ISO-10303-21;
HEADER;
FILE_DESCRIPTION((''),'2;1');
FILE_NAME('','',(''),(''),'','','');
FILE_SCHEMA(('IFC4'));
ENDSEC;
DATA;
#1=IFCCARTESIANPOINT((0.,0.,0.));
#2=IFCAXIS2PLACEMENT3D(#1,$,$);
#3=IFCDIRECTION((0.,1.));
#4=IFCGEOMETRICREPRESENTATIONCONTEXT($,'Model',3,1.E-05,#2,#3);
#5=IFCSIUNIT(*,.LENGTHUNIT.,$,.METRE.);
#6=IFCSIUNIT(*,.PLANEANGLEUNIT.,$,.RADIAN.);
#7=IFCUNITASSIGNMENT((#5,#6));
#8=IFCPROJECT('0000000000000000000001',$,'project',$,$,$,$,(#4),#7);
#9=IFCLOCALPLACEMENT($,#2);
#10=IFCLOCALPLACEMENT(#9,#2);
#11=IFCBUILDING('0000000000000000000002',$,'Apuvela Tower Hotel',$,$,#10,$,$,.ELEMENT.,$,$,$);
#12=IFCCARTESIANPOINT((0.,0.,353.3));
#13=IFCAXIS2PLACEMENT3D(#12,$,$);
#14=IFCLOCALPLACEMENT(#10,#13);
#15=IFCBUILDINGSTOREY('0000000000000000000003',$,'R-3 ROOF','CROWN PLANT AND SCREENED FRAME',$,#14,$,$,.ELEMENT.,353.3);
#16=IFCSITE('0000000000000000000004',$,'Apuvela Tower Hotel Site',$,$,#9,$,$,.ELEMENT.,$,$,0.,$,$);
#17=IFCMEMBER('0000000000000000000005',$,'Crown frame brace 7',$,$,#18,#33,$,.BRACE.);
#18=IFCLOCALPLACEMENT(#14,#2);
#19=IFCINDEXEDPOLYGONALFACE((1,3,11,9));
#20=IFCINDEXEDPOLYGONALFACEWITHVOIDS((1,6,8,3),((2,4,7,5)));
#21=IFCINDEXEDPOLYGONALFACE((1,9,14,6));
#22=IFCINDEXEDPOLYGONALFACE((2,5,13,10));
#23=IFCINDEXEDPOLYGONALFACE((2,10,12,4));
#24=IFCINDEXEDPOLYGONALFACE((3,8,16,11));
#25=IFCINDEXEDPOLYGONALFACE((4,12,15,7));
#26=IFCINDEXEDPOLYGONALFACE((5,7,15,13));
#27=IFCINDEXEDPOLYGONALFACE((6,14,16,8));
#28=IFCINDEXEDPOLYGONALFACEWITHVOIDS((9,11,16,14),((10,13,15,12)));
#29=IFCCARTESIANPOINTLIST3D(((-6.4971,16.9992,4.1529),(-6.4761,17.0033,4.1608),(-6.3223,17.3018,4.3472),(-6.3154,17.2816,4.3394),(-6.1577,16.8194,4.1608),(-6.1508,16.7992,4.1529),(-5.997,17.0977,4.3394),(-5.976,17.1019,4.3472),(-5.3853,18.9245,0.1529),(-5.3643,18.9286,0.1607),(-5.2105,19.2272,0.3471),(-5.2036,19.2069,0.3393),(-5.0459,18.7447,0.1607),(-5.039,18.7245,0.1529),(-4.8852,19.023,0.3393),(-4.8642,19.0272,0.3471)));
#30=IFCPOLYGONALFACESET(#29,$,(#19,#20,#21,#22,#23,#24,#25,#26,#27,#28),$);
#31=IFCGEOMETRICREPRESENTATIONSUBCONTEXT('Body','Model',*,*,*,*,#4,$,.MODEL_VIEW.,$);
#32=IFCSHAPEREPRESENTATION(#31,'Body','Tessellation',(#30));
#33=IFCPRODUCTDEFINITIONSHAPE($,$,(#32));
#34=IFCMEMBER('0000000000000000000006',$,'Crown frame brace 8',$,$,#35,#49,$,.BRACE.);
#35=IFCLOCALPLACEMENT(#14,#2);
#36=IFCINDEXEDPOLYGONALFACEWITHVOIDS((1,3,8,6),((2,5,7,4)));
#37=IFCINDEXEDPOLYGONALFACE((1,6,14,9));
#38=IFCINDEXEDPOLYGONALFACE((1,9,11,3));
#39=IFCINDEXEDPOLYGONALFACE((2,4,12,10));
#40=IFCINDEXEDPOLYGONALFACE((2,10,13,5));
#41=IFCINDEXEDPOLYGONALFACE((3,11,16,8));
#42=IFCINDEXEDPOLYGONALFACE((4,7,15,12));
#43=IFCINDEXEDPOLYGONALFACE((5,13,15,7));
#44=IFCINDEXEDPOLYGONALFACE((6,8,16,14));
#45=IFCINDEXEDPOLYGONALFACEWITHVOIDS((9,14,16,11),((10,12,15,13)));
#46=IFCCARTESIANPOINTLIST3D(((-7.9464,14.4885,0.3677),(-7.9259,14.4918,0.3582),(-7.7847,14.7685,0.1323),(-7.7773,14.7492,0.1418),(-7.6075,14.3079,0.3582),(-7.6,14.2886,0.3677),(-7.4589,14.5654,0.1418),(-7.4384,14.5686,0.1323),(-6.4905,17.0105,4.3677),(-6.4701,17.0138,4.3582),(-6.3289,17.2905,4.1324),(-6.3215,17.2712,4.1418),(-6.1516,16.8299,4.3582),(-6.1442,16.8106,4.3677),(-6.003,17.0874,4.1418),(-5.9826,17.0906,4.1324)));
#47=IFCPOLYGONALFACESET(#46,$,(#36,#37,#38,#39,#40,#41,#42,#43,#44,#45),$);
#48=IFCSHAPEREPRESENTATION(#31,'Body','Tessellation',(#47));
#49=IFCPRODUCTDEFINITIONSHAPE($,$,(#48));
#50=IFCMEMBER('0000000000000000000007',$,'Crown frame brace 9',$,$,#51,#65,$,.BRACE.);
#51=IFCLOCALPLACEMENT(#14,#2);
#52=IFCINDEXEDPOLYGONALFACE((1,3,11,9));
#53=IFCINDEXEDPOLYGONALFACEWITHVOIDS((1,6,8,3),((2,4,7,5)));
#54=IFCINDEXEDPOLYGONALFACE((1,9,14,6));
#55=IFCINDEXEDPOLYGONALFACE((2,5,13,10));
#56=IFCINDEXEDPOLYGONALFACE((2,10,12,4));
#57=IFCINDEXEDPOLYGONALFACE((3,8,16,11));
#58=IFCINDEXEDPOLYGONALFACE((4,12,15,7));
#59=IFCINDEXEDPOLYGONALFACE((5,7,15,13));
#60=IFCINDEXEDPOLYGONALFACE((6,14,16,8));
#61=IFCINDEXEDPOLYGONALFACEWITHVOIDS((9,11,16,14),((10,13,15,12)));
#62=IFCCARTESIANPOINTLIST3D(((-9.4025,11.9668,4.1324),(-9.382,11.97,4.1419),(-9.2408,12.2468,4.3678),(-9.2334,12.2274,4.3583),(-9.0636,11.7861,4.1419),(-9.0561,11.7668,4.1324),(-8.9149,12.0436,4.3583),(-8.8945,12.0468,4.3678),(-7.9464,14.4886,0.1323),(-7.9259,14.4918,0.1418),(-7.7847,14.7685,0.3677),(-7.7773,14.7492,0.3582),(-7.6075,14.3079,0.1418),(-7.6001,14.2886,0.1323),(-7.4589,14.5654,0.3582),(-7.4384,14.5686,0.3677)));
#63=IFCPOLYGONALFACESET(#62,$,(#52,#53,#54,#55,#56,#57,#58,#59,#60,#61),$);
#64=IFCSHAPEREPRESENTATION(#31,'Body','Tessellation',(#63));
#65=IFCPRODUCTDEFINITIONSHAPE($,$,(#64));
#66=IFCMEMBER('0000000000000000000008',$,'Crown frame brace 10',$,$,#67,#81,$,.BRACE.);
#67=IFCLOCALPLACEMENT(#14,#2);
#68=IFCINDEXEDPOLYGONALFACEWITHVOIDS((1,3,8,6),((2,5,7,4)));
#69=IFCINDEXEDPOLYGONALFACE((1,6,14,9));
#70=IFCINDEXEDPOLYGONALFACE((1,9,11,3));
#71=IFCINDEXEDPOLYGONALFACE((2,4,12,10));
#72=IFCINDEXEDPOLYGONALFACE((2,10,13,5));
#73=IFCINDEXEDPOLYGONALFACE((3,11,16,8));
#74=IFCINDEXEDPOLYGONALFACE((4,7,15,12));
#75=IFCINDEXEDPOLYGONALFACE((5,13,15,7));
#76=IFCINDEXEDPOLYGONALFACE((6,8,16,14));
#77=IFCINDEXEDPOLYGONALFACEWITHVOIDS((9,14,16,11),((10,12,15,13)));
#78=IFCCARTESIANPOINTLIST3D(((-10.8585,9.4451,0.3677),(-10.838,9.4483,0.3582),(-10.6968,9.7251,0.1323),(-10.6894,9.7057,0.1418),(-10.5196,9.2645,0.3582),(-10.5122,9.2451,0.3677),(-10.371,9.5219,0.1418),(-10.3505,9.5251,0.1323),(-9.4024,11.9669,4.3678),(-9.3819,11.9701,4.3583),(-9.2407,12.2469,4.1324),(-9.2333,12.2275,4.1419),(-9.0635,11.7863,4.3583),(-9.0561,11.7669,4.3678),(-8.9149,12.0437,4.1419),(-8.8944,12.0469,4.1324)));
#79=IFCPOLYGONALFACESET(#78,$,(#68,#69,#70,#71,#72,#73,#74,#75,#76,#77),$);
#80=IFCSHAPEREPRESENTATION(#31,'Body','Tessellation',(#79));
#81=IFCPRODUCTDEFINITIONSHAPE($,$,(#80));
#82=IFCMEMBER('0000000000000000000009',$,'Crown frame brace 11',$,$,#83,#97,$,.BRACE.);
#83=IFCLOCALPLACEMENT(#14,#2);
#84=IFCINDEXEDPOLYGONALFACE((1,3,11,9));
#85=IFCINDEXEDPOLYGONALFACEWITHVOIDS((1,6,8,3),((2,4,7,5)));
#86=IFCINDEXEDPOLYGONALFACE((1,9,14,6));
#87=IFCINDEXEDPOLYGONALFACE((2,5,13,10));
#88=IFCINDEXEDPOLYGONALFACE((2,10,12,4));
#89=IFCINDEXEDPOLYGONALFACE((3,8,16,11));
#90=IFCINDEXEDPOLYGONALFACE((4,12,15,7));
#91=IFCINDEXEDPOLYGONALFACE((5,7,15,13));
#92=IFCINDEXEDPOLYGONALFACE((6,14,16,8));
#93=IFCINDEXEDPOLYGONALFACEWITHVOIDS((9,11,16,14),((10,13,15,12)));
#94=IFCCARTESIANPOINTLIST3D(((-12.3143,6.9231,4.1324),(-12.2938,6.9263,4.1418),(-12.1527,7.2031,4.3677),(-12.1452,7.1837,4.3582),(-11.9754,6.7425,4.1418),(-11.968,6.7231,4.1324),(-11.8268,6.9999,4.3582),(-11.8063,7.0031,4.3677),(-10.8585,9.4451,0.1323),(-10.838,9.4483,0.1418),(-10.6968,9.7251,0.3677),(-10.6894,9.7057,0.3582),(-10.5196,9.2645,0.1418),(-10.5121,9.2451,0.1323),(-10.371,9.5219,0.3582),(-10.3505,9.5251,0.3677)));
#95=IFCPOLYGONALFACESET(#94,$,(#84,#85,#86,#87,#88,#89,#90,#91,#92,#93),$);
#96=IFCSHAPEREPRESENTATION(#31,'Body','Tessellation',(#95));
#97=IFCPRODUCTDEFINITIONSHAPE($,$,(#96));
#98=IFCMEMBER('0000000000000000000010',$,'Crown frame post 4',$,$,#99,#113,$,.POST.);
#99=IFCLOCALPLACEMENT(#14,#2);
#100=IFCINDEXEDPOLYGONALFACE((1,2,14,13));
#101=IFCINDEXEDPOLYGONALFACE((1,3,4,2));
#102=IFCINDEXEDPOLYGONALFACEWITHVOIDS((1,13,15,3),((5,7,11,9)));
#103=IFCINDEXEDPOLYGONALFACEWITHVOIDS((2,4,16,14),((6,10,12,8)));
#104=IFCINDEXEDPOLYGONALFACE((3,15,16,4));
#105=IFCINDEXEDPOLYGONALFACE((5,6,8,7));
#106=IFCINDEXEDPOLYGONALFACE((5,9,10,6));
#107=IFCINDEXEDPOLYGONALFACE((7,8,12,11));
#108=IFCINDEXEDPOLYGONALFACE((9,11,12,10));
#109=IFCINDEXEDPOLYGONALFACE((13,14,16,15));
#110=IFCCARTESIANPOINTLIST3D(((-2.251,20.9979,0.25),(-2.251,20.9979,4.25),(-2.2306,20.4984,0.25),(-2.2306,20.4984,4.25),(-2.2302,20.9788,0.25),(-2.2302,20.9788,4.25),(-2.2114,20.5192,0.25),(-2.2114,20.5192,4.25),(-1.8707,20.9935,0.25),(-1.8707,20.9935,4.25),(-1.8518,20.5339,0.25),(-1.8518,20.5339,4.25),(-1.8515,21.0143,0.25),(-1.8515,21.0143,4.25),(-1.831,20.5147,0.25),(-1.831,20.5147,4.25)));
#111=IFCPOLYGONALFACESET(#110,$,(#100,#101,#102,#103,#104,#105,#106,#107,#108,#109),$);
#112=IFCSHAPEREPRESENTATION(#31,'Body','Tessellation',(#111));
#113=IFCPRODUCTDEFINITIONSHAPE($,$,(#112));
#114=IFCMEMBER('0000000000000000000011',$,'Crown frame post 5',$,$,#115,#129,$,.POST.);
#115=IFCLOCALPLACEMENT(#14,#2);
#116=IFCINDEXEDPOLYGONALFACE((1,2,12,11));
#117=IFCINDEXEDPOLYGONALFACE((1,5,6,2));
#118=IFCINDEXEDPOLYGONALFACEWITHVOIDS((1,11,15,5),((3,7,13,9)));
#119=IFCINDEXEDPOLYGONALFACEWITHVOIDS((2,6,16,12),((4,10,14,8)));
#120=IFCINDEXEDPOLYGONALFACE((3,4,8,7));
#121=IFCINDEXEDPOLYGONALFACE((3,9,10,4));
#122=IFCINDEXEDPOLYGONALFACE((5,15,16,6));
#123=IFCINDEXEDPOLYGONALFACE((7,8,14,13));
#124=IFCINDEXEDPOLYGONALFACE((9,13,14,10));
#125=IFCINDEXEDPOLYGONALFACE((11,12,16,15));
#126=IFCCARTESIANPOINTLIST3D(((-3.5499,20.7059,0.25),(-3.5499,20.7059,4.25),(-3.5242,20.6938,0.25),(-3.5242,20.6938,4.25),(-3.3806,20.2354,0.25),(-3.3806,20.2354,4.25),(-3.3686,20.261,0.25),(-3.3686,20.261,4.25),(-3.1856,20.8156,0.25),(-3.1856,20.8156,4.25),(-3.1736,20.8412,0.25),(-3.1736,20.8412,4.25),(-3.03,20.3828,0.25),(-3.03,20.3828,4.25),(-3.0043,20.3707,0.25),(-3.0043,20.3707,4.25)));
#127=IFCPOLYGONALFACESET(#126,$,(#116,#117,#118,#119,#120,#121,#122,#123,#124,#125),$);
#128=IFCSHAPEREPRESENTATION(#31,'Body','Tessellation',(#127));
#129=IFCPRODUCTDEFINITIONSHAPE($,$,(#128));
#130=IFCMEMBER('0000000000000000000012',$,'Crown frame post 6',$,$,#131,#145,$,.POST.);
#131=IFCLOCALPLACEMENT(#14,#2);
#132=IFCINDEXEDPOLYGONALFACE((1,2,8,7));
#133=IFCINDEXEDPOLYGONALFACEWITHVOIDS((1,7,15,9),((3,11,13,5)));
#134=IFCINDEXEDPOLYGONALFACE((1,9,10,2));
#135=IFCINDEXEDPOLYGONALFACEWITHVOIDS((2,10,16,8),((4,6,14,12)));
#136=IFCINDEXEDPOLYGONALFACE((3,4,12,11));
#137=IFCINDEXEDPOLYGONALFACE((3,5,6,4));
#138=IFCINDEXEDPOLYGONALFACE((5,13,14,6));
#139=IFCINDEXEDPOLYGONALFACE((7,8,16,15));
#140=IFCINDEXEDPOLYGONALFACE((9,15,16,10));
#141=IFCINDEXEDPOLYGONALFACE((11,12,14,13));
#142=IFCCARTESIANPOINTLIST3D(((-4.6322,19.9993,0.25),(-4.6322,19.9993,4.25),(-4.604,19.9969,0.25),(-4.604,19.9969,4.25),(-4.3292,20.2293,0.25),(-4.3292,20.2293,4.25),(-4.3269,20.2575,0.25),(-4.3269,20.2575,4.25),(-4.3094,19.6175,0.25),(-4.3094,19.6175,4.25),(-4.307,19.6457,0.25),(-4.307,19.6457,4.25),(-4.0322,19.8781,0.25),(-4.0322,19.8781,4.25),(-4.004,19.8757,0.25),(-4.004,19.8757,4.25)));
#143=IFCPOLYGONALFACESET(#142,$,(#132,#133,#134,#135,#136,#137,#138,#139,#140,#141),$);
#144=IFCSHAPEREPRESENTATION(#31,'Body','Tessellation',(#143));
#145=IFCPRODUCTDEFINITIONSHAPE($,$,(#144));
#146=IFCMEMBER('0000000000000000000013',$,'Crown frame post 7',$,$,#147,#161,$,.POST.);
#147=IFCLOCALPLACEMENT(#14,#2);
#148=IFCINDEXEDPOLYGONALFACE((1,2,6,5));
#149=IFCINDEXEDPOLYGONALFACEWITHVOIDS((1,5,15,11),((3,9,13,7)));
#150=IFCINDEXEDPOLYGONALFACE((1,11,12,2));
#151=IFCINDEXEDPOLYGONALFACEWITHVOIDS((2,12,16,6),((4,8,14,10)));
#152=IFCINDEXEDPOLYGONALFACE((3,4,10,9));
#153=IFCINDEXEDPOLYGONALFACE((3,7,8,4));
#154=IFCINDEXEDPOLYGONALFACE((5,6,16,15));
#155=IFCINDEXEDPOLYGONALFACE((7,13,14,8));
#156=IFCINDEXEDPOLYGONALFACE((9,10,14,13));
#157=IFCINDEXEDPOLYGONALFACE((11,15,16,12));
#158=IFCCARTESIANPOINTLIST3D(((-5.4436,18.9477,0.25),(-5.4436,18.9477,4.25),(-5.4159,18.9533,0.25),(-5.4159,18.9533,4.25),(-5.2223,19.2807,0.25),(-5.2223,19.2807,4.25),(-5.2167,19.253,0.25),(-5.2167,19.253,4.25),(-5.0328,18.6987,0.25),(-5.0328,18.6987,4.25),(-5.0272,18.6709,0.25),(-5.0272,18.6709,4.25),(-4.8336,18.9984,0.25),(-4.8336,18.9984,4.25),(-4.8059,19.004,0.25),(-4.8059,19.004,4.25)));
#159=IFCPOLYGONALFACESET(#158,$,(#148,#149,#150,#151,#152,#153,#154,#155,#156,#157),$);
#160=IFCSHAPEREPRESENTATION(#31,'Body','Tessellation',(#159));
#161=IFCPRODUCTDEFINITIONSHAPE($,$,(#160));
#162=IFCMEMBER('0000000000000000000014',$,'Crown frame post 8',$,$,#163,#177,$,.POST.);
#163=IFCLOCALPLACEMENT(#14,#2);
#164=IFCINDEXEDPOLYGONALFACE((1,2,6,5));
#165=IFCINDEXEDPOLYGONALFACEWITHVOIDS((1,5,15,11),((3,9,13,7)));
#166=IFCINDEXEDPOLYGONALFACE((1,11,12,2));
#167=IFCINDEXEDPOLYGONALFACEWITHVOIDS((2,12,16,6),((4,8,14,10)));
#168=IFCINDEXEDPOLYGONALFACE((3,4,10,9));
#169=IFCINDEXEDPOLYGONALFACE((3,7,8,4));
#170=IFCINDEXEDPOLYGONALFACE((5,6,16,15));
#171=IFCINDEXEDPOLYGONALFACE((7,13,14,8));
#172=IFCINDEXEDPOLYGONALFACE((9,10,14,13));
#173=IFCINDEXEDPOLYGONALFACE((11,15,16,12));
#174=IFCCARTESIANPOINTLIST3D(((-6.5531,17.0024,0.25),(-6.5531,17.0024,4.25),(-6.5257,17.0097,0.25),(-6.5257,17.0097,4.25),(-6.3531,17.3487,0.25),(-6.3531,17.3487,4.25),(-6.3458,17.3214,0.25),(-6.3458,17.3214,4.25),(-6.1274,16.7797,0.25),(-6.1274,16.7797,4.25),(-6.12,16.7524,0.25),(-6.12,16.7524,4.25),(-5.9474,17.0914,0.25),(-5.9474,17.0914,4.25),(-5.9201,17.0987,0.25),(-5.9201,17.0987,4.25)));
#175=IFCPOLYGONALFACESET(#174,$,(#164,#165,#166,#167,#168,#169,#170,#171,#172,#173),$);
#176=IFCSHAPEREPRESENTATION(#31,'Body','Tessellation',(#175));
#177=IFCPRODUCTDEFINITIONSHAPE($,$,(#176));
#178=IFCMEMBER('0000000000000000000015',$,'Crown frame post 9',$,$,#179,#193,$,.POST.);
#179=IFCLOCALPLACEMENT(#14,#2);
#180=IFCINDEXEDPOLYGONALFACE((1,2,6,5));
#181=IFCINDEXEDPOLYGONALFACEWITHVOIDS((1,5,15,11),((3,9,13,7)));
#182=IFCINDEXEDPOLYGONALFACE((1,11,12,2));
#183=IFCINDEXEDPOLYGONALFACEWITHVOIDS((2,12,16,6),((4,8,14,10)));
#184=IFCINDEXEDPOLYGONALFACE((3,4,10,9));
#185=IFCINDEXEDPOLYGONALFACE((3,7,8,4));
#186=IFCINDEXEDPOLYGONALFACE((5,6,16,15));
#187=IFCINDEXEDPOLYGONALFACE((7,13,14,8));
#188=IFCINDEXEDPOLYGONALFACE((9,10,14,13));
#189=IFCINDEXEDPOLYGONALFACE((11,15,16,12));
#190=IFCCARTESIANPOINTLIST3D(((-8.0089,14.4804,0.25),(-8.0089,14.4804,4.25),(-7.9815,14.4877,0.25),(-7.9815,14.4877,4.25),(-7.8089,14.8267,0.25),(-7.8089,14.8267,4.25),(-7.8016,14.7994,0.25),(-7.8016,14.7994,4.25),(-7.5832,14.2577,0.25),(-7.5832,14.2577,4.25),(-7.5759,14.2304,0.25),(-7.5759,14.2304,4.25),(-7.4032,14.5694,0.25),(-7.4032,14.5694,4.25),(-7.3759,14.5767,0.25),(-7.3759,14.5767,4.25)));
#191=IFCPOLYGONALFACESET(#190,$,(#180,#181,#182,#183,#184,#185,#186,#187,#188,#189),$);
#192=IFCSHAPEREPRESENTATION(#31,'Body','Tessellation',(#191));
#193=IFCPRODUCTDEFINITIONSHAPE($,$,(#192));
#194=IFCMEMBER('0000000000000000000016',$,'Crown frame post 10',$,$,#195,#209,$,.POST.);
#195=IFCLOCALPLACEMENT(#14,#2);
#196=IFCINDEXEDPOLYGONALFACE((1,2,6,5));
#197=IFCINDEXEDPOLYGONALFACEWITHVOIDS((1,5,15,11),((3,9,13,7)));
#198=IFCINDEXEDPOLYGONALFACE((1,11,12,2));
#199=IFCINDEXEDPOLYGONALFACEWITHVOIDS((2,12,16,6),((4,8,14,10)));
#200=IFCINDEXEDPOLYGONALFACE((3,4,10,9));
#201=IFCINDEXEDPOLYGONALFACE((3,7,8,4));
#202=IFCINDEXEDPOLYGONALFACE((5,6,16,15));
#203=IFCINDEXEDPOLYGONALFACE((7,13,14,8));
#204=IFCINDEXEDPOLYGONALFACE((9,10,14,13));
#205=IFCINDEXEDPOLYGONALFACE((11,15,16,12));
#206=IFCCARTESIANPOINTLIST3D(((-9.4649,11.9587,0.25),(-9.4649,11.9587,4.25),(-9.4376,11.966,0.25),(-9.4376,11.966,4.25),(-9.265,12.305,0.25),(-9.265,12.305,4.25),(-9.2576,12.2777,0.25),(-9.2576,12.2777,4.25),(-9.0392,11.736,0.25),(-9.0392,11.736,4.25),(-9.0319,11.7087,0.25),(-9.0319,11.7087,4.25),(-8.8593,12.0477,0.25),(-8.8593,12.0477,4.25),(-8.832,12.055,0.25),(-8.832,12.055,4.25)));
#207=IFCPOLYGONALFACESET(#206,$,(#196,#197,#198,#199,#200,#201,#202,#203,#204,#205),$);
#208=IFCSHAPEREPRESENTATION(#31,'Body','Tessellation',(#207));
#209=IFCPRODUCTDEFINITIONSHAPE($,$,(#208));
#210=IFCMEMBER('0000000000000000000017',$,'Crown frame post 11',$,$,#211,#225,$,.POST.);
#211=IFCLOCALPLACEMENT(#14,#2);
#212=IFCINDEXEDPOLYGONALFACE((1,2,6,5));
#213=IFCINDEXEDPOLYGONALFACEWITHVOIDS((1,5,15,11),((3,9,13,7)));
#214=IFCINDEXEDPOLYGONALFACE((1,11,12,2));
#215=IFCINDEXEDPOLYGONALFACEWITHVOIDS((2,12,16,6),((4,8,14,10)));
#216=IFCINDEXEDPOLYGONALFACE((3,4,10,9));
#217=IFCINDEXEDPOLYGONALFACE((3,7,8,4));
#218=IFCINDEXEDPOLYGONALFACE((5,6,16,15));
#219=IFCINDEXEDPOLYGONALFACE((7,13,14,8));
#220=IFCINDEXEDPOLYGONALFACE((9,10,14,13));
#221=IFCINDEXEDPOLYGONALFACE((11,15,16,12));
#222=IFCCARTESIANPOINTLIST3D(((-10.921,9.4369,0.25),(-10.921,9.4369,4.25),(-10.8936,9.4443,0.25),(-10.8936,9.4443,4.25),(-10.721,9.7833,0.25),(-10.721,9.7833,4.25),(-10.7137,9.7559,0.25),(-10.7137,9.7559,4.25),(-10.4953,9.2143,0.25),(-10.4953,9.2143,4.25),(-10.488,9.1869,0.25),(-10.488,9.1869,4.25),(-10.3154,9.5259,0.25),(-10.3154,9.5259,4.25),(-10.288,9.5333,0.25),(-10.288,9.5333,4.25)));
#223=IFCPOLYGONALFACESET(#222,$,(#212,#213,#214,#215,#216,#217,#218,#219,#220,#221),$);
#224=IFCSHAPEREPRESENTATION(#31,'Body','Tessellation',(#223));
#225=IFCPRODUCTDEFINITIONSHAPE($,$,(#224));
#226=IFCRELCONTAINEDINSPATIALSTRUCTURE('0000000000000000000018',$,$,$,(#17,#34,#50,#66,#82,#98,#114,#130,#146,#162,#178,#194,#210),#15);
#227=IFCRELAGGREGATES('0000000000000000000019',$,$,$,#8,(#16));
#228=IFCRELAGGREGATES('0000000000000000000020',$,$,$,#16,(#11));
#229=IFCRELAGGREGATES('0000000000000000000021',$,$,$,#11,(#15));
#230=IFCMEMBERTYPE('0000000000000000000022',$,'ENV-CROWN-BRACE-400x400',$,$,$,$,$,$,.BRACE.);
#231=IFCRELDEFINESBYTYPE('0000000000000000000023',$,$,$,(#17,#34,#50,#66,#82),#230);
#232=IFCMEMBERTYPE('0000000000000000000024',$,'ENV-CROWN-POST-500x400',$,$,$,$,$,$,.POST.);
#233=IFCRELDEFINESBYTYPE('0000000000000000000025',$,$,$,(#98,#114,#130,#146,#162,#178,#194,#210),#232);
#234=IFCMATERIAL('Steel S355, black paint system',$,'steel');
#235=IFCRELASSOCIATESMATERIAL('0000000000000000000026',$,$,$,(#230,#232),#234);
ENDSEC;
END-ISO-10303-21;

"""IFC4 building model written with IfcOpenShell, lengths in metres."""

from ifc_helpers import new_model, si_unit, direction, frame, origin, origin_2d, place, context, subcontext, project, spatial, hollow_rectangle, extrude, material, material_profile, profile_set, type_object, element, save


model = new_model("IFC4")

# Units and contexts
model_context = context("Model", 3, precision=1e-05, world=origin(), true_north=direction((0.0, 1.0)))
body_context = subcontext(model_context, "Body", "Model", "MODEL_VIEW")
ifc_project = project(units=[si_unit("LENGTHUNIT", "METRE"), si_unit("PLANEANGLEUNIT", "RADIAN")], contexts=[model_context])

# Site, building, storey
site_placement = place(None, origin())
site = spatial("IfcSite", under=ifc_project, at=site_placement, Name="Apuvela Tower Hotel Site", CompositionType="ELEMENT", RefElevation=0.0)
building_placement = place(site_placement, origin())
building = spatial("IfcBuilding", under=site, at=building_placement, Name="Apuvela Tower Hotel", CompositionType="ELEMENT")
storey_placement = place(building_placement, frame((0.0, 0.0, 353.3)))
storey = spatial("IfcBuildingStorey", under=building, at=storey_placement, Name="R-3 ROOF", Description="CROWN PLANT AND SCREENED FRAME", CompositionType="ELEMENT", Elevation=353.3)

# Members
ifc_material_1 = material(Name="Steel S355, black paint system", Category="steel")
ifc_material_profile_1 = material_profile(ifc_material_1, hollow_rectangle(XDim=0.3999, YDim=0.3999, WallThickness=0.0161, at=origin_2d()), Name="HSS 400x400x16")
ifc_profile_set_1 = profile_set([ifc_material_profile_1], Name="Steel S355, black paint system")
member_type_1 = type_object("IfcMemberType", Name="ENV-CROWN-BRACE-400x400", PredefinedType="BRACE", material=ifc_profile_set_1)
member_1_placement = place(storey_placement, frame((-5.1248, 18.9758, 0.25), z_axis=(-0.242949, -0.420706, 0.874061), x_axis=(0.865977, -0.500084, 0.0)))
element("IfcMember", 1, at=member_1_placement, inside=storey, type_object=member_type_1, Name="Crown frame brace 7", PredefinedType="BRACE", context=body_context, shape_type="SweptSolid", body=[
    extrude(hollow_rectangle(XDim=0.3999, YDim=0.3999, WallThickness=0.0161, at=origin_2d()), origin(), (0.0, 0.0, 1.0), 4.5764),
])
for number, where, z_axis, x_axis, name in (
    (2, (-7.6924, 14.5286, 0.25), (0.29424, 0.509726, 0.808457), (-0.866063, 0.499935, 0.0), "Crown frame brace 8"),
    (3, (-7.6924, 14.5286, 0.25), (-0.294292, -0.509682, 0.808465), (0.866005, -0.500035, 0.0), "Crown frame brace 9"),
    (4, (-10.6045, 9.4851, 0.25), (0.294292, 0.509682, 0.808465), (-0.866005, 0.500035, 0.0), "Crown frame brace 10"),
    (5, (-10.6045, 9.4851, 0.25), (-0.29424, -0.509726, 0.808457), (0.866063, -0.499935, 0.0), "Crown frame brace 11"),
):
    element("IfcMember", number, at=place(storey_placement, frame(where, z_axis=z_axis, x_axis=x_axis)), inside=storey, type_object=member_type_1, Name=name, PredefinedType="BRACE", context=body_context, shape_type="SweptSolid", body=[
        extrude(hollow_rectangle(XDim=0.3999, YDim=0.3999, WallThickness=0.0161, at=origin_2d()), origin(), (0.0, 0.0, 1.0), 4.9478),
    ])
ifc_material_profile_2 = material_profile(ifc_material_1, hollow_rectangle(XDim=0.3999, YDim=0.5, WallThickness=0.02, at=origin_2d()), Name="HSS 500x400x20")
ifc_profile_set_2 = profile_set([ifc_material_profile_2], Name="Steel S355, black paint system")
member_type_2 = type_object("IfcMemberType", Name="ENV-CROWN-POST-500x400", PredefinedType="POST", material=ifc_profile_set_2)
for number, where, z_axis, x_axis, name in (
    (6, (-2.041, 20.7563, 0.25), (0.0, 0.0, 1.0), (-0.999161, -0.040951, 0.0), "Crown frame post 4"),
    (7, (-3.2771, 20.5383, 0.25), (0.0, 0.0, 1.0), (-0.940994, -0.338423, 0.0), "Crown frame post 5"),
    (8, (-4.3181, 19.9375, 0.25), (0.0, 0.0, 1.0), (-0.76358, -0.645714, 0.0), "Crown frame post 6"),
    (9, (-5.1248, 18.9758, 0.25), (0.0, 0.0, 1.0), (-0.553467, -0.832871, 0.0), "Crown frame post 7"),
    (10, (-6.2366, 17.0505, 0.25), (0.0, 0.0, 1.0), (-0.5, -0.866025, 0.0), "Crown frame post 8"),
    (11, (-7.6924, 14.5286, 0.25), (0.0, 0.0, 1.0), (-0.5, -0.866025, 0.0), "Crown frame post 9"),
    (12, (-9.1484, 12.0068, 0.25), (0.0, 0.0, 1.0), (-0.5, -0.866025, 0.0), "Crown frame post 10"),
    (13, (-10.6045, 9.4851, 0.25), (0.0, 0.0, 1.0), (-0.5, -0.866025, 0.0), "Crown frame post 11"),
):
    element("IfcMember", number, at=place(storey_placement, frame(where, z_axis=z_axis, x_axis=x_axis)), inside=storey, type_object=member_type_2, Name=name, PredefinedType="POST", context=body_context, shape_type="SweptSolid", body=[
        extrude(hollow_rectangle(XDim=0.3999, YDim=0.5, WallThickness=0.02, at=origin_2d()), origin(), (0.0, 0.0, 1.0), 4.0),
    ])

save(model, "model.ifc")
